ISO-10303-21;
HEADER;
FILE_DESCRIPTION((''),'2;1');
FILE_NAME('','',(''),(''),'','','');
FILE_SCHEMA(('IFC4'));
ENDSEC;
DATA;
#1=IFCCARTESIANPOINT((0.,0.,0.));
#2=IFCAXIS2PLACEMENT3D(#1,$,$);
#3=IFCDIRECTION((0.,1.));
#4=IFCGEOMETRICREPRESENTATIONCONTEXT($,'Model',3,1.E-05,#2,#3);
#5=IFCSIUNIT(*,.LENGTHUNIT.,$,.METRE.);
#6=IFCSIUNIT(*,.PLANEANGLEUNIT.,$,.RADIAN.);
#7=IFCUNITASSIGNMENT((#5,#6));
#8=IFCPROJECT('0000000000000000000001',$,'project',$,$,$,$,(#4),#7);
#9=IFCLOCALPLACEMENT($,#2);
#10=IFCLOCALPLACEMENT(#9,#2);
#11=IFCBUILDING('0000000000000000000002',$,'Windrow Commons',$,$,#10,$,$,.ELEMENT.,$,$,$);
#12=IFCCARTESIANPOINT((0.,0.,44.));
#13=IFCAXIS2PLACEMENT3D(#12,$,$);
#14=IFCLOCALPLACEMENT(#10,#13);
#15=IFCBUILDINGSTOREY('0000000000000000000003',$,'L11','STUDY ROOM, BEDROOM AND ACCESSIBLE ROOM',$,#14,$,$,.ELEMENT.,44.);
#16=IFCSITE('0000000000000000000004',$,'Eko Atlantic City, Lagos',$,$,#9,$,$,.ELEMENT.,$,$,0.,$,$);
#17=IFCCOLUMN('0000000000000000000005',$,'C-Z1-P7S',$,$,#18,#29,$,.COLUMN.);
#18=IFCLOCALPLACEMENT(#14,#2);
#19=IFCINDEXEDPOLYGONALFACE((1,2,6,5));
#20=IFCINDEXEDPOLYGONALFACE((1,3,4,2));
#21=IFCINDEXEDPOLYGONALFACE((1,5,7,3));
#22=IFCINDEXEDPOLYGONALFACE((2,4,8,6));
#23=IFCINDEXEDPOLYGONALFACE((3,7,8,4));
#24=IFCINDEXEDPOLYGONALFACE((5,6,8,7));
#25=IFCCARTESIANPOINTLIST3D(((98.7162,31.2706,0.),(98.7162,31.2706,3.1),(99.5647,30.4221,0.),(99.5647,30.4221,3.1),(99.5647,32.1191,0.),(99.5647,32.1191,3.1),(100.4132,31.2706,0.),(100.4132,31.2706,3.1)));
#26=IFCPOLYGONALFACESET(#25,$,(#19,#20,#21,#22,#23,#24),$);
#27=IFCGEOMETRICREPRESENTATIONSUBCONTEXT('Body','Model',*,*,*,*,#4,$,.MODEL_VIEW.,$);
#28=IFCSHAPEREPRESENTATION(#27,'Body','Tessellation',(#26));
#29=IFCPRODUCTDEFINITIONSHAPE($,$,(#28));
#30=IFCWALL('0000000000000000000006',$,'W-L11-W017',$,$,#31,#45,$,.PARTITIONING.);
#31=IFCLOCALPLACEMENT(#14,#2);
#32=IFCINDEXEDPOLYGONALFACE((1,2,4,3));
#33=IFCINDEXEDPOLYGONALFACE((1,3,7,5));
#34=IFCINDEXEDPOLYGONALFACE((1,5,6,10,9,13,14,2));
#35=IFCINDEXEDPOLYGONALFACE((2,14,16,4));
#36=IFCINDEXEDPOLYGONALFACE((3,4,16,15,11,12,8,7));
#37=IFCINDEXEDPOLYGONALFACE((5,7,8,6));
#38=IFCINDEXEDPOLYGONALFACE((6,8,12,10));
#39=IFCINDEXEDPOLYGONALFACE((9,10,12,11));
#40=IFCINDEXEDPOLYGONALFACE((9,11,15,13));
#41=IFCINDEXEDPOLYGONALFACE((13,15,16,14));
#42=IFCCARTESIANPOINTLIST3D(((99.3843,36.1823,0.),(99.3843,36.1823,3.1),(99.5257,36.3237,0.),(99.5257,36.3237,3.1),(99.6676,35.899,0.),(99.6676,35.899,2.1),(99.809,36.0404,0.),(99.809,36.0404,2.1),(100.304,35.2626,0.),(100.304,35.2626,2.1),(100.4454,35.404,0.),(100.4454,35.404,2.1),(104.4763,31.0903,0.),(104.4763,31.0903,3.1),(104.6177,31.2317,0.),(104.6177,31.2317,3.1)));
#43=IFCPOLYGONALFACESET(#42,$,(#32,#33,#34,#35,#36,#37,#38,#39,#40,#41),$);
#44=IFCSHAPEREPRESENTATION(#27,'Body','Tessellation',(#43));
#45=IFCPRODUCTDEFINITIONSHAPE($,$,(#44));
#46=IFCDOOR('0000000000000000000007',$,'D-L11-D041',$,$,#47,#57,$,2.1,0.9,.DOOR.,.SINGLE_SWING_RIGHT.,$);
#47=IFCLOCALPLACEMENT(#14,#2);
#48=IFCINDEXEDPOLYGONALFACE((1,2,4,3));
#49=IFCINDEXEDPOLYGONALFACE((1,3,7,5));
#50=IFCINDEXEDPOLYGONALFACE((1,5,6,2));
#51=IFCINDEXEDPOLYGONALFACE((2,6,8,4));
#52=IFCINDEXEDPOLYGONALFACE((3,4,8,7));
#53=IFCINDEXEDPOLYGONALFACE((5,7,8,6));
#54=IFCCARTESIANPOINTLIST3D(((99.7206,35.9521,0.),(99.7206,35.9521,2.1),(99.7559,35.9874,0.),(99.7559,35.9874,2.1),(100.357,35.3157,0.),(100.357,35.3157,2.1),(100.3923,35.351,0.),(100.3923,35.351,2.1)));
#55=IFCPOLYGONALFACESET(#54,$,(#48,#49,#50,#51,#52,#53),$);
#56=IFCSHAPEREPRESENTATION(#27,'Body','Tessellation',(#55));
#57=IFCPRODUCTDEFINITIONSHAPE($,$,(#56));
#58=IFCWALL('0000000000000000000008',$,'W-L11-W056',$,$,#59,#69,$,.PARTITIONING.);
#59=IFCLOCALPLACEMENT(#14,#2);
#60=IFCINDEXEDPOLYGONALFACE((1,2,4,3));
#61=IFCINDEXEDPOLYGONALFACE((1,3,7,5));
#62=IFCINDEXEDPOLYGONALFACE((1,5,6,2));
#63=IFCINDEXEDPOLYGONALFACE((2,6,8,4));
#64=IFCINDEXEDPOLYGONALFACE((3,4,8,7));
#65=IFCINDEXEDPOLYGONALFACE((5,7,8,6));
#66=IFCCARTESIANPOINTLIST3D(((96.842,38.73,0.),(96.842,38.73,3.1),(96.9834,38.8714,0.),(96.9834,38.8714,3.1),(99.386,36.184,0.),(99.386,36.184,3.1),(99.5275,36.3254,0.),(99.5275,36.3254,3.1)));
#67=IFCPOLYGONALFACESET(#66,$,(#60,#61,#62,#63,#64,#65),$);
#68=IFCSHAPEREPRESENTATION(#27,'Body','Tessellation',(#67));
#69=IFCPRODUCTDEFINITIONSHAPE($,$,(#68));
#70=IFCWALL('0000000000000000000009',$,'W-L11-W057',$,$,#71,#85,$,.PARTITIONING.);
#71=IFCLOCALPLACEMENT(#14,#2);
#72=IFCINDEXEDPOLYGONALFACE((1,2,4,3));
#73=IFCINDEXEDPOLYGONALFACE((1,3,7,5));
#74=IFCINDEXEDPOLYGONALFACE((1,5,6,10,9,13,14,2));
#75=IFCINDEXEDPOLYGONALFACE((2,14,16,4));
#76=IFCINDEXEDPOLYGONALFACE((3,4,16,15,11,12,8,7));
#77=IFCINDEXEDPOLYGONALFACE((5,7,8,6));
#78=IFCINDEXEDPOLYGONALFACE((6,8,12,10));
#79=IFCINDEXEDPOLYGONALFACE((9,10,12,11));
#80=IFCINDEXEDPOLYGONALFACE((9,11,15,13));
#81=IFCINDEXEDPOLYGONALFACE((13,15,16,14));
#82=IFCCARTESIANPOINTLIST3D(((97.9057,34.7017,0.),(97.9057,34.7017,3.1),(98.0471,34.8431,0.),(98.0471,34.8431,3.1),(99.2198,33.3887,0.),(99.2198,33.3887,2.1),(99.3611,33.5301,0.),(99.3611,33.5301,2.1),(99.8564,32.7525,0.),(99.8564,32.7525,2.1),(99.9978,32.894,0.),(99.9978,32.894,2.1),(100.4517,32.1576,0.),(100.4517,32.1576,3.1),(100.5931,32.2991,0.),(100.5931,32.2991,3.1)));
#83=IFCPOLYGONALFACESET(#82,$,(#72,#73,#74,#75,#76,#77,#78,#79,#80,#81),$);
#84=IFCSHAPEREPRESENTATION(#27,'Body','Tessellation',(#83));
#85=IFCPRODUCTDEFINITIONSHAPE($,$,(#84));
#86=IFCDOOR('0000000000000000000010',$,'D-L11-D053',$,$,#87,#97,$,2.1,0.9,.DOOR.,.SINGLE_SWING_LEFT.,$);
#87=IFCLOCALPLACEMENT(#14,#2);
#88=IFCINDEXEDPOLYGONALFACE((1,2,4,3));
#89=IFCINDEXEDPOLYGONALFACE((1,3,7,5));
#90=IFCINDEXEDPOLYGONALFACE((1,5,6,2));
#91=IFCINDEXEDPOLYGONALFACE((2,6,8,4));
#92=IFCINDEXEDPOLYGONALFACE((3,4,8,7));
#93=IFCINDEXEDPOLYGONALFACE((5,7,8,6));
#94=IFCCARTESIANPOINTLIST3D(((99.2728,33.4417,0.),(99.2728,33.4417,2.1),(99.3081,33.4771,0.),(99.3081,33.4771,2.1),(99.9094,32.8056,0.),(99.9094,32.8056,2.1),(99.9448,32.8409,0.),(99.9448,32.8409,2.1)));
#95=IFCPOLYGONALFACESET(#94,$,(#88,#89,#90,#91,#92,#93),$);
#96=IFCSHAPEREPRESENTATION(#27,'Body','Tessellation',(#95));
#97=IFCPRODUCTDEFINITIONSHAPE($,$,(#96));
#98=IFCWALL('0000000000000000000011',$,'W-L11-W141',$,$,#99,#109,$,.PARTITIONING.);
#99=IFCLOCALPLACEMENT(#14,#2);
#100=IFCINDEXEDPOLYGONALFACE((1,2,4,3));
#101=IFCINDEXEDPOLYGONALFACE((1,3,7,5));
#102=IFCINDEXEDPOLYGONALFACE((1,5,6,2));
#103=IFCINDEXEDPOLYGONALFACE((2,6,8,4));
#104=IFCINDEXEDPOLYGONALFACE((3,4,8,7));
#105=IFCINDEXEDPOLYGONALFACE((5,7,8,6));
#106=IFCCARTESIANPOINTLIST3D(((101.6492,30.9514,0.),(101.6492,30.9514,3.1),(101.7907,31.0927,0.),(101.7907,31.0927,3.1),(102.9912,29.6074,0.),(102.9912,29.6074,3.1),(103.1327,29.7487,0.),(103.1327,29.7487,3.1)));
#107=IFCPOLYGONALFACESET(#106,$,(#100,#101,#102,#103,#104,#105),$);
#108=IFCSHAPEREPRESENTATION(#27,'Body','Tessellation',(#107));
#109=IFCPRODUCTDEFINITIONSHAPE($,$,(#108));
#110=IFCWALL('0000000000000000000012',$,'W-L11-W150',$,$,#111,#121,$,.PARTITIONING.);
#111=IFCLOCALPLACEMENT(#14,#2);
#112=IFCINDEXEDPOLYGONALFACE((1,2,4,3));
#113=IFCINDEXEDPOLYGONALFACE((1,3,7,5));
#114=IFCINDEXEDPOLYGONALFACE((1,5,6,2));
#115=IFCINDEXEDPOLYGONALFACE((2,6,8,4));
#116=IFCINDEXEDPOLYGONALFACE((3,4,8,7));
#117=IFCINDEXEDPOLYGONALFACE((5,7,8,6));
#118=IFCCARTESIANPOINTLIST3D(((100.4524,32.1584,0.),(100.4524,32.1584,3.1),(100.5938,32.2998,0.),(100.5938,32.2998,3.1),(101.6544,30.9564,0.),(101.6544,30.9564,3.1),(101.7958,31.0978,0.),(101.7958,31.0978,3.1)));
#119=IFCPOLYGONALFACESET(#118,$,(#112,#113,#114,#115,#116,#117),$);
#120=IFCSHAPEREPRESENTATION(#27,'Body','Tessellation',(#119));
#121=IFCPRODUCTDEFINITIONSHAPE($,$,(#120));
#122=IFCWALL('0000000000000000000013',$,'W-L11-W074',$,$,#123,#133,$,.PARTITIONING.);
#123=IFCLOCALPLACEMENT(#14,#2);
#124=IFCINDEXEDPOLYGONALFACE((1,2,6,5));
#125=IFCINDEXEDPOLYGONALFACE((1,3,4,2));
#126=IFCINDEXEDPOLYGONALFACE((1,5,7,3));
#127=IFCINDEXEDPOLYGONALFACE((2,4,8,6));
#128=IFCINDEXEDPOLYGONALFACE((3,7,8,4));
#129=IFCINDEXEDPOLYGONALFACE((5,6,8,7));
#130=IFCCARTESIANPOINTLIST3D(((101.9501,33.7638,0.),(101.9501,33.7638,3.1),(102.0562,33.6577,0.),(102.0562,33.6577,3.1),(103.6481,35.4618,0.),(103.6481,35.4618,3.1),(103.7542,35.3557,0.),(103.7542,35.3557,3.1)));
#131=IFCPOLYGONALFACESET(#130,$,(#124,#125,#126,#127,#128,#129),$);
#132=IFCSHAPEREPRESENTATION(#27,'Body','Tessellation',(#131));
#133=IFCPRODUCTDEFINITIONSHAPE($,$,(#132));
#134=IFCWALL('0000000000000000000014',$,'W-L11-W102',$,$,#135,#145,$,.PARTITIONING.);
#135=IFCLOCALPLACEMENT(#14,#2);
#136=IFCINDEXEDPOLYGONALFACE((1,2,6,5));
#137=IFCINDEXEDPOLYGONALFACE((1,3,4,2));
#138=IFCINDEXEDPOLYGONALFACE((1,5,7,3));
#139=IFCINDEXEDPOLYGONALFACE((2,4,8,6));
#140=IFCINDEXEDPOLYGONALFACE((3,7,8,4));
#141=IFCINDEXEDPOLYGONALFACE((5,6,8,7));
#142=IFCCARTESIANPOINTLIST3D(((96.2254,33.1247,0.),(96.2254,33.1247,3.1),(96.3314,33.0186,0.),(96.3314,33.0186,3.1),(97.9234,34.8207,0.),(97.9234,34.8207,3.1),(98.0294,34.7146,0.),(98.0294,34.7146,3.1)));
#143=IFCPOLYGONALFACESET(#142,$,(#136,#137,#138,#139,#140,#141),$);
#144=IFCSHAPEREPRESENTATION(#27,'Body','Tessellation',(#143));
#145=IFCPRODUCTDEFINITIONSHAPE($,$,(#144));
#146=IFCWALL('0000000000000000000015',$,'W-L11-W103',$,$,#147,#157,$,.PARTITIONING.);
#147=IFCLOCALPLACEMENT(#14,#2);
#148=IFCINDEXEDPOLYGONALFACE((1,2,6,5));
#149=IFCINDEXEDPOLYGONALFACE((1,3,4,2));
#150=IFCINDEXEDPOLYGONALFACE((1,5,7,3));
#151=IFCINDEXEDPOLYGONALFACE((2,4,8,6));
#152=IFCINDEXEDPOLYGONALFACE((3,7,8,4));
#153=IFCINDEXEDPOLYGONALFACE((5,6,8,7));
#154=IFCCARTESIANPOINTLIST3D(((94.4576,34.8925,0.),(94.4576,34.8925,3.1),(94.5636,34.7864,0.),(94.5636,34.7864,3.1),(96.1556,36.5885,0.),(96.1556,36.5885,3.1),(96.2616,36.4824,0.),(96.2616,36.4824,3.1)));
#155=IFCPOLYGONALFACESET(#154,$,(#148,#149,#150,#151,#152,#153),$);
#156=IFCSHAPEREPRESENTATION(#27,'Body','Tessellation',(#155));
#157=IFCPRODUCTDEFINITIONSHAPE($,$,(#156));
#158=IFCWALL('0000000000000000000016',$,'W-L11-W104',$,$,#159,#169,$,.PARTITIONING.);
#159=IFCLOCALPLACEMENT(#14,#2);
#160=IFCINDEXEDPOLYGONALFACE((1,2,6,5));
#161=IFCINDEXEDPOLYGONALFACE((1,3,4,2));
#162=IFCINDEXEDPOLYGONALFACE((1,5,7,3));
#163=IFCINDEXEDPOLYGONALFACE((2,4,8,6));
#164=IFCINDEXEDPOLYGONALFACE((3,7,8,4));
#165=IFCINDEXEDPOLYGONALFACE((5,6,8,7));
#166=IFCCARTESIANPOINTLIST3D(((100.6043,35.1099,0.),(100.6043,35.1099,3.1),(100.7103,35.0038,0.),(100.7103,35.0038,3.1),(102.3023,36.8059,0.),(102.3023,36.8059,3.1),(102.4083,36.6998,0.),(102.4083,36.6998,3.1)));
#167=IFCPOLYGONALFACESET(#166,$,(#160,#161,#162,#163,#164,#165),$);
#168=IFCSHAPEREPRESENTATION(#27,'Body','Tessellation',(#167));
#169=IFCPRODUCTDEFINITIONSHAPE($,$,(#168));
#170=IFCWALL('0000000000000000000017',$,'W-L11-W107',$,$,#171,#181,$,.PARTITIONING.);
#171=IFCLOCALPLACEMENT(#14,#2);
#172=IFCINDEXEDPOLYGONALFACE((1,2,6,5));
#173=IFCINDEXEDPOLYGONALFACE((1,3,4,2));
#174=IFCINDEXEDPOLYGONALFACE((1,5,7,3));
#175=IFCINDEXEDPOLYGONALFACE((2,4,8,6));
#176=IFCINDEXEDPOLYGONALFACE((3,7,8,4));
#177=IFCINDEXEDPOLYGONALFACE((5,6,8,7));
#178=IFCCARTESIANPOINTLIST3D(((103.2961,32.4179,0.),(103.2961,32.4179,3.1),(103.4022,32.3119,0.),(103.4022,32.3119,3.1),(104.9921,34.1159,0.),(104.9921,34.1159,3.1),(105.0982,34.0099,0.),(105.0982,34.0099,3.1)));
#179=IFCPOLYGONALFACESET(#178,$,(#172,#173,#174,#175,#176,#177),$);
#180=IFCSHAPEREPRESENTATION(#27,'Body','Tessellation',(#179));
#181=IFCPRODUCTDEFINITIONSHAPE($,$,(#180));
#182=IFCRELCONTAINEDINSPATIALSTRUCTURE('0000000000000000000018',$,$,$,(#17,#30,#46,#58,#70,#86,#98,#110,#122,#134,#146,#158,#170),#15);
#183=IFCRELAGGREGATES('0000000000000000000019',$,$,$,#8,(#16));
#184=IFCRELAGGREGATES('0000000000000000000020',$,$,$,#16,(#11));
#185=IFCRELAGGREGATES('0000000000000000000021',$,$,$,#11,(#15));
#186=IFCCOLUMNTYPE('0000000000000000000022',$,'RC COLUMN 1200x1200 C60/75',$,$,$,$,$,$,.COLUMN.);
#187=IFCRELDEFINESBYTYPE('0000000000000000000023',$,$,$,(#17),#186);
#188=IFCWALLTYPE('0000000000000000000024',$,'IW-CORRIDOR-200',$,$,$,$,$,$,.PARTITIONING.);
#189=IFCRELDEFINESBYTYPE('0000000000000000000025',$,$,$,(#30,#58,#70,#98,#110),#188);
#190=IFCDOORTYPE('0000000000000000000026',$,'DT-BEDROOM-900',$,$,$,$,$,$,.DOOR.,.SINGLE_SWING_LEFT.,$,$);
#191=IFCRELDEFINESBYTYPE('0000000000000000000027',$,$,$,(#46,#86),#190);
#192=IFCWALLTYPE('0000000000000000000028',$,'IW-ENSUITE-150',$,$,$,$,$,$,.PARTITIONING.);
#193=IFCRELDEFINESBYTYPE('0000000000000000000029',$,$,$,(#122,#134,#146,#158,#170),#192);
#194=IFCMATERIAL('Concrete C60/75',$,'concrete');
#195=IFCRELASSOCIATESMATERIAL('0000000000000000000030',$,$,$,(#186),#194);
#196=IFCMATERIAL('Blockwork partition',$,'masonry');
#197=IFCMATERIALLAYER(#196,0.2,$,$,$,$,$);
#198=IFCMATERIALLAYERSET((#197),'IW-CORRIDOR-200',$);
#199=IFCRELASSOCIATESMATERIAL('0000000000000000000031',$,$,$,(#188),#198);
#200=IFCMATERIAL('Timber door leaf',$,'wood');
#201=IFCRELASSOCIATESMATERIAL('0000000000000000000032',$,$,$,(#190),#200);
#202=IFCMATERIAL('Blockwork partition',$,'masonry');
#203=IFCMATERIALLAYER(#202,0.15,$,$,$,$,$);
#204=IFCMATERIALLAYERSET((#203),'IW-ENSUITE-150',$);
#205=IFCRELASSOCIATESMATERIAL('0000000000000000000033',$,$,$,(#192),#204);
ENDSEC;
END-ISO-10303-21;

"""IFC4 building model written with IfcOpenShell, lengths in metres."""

from ifc_helpers import new_model, si_unit, direction, frame, frame_2d, origin, origin_2d, place, context, subcontext, project, spatial, rectangle, extrude, material, layer, layer_set, material_profile, profile_set, type_object, element, fill, save


model = new_model("IFC4")

# Units and contexts
model_context = context("Model", 3, precision=1e-05, world=origin(), true_north=direction((0.0, 1.0)))
body_context = subcontext(model_context, "Body", "Model", "MODEL_VIEW")
ifc_project = project(units=[si_unit("LENGTHUNIT", "METRE"), si_unit("PLANEANGLEUNIT", "RADIAN")], contexts=[model_context])

# Site, building, storey
site_placement = place(None, origin())
site = spatial("IfcSite", under=ifc_project, at=site_placement, Name="Eko Atlantic City, Lagos", CompositionType="ELEMENT", RefElevation=0.0)
building_placement = place(site_placement, origin())
building = spatial("IfcBuilding", under=site, at=building_placement, Name="Windrow Commons", CompositionType="ELEMENT")
storey_placement = place(building_placement, frame((0.0, 0.0, 44.0)))
storey = spatial("IfcBuildingStorey", under=building, at=storey_placement, Name="L11", Description="STUDY ROOM, BEDROOM AND ACCESSIBLE ROOM", CompositionType="ELEMENT", Elevation=44.0)

# Column
ifc_material_1 = material(Name="Concrete C60/75", Category="concrete")
ifc_material_profile = material_profile(ifc_material_1, rectangle(XDim=1.2, YDim=1.2, at=origin_2d()))
ifc_profile_set = profile_set([ifc_material_profile], Name="Concrete C60/75")
column_type = type_object("IfcColumnType", Name="RC COLUMN 1200x1200 C60/75", PredefinedType="COLUMN", material=ifc_profile_set)
column_placement = place(storey_placement, frame((99.5647, 31.2706, 0.0), z_axis=(0.0, 0.0, 1.0), x_axis=(0.707107, -0.707107, 0.0)))
element("IfcColumn", 1, at=column_placement, inside=storey, type_object=column_type, Name="C-Z1-P7S", PredefinedType="COLUMN", context=body_context, shape_type="SweptSolid", body=[
    extrude(rectangle(XDim=1.2, YDim=1.2, at=origin_2d()), origin(), (0.0, 0.0, 1.0), 3.1),
])

# Wall, opening, door
ifc_material_2 = material(Name="Blockwork partition", Category="masonry")
ifc_layer_1 = layer(ifc_material_2, 0.2)
ifc_layer_set_1 = layer_set([ifc_layer_1], Name="IW-CORRIDOR-200")
wall_type_1 = type_object("IfcWallType", Name="IW-CORRIDOR-200", PredefinedType="PARTITIONING", material=ifc_layer_set_1)
wall_1_placement = place(storey_placement, frame((99.455, 36.253, 0.0), z_axis=(0.0, 0.0, 1.0), x_axis=(0.707107, -0.707107, 0.0)))
wall_1 = element("IfcWall", 2, at=wall_1_placement, inside=storey, type_object=wall_type_1, Name="W-L11-W017", PredefinedType="PARTITIONING", context=body_context, shape_type="SweptSolid", body=[
    extrude(rectangle(XDim=7.2012, YDim=0.2, at=frame_2d((3.6006, 0.0))), origin(), (0.0, 0.0, 1.0), 3.1),
])
opening_1_placement = place(wall_1_placement, frame((0.4006, 0.0, 0.0)))
opening_1 = element("IfcOpeningElement", 3, at=opening_1_placement, cuts=wall_1, PredefinedType="OPENING", context=body_context, shape_type="SweptSolid", body=[
    extrude(rectangle(XDim=0.9, YDim=2.1, at=frame_2d((0.45, 1.05))), frame((0.0, 0.11, 0.0), z_axis=(0.0, -1.0, 0.0), x_axis=(1.0, 0.0, 0.0)), (0.0, 0.0, 1.0), 0.22),
])
ifc_material_3 = material(Name="Timber door leaf", Category="wood")
door_type_1 = type_object("IfcDoorType", Name="DT-BEDROOM-900", OperationType="SINGLE_SWING_LEFT", PredefinedType="DOOR", material=ifc_material_3)
door_1_placement = place(opening_1_placement, origin())
door_1 = element("IfcDoor", 4, at=door_1_placement, inside=storey, type_object=door_type_1, Name="D-L11-D041", OperationType="SINGLE_SWING_RIGHT", OverallHeight=2.1, OverallWidth=0.9, PredefinedType="DOOR", context=body_context, shape_type="SweptSolid", body=[
    extrude(rectangle(XDim=0.9, YDim=2.1, at=frame_2d((0.45, 1.05))), frame((0.0, 0.025, 0.0), z_axis=(0.0, -1.0, 0.0), x_axis=(1.0, 0.0, 0.0)), (0.0, 0.0, 1.0), 0.05),
])
fill(opening_1, door_1)

# Wall
wall_2_placement = place(storey_placement, frame((96.9127, 38.8007, 0.0), z_axis=(0.0, 0.0, 1.0), x_axis=(0.706829, -0.707385, 0.0)))
element("IfcWall", 5, at=wall_2_placement, inside=storey, type_object=wall_type_1, Name="W-L11-W056", PredefinedType="PARTITIONING", context=body_context, shape_type="SweptSolid", body=[
    extrude(rectangle(XDim=3.5992, YDim=0.2, at=frame_2d((1.7996, 0.0))), origin(), (0.0, 0.0, 1.0), 3.1),
])

# Wall, opening, door
wall_3_placement = place(storey_placement, frame((97.9764, 34.7724, 0.0), z_axis=(0.0, 0.0, 1.0), x_axis=(0.707385, -0.706829, 0.0)))
wall_3 = element("IfcWall", 6, at=wall_3_placement, inside=storey, type_object=wall_type_1, Name="W-L11-W057", PredefinedType="PARTITIONING", context=body_context, shape_type="SweptSolid", body=[
    extrude(rectangle(XDim=3.5992, YDim=0.2, at=frame_2d((1.7996, 0.0))), origin(), (0.0, 0.0, 1.0), 3.1),
])
opening_2_placement = place(wall_3_placement, frame((1.8576, 0.0, 0.0)))
opening_2 = element("IfcOpeningElement", 7, at=opening_2_placement, cuts=wall_3, PredefinedType="OPENING", context=body_context, shape_type="SweptSolid", body=[
    extrude(rectangle(XDim=0.9, YDim=2.1, at=frame_2d((0.45, 1.05))), frame((0.0, 0.11, 0.0), z_axis=(0.0, -1.0, 0.0), x_axis=(1.0, 0.0, 0.0)), (0.0, 0.0, 1.0), 0.22),
])
door_2_placement = place(opening_2_placement, origin())
door_2 = element("IfcDoor", 8, at=door_2_placement, inside=storey, type_object=door_type_1, Name="D-L11-D053", OperationType="SINGLE_SWING_LEFT", OverallHeight=2.1, OverallWidth=0.9, PredefinedType="DOOR", context=body_context, shape_type="SweptSolid", body=[
    extrude(rectangle(XDim=0.9, YDim=2.1, at=frame_2d((0.45, 1.05))), frame((0.0, 0.025, 0.0), z_axis=(0.0, -1.0, 0.0), x_axis=(1.0, 0.0, 0.0)), (0.0, 0.0, 1.0), 0.05),
])
fill(opening_2, door_2)

# Walls
wall_4_placement = place(storey_placement, frame((101.72, 31.022, 0.0), z_axis=(0.0, 0.0, 1.0), x_axis=(0.70658, -0.707633, 0.0)))
element("IfcWall", 9, at=wall_4_placement, inside=storey, type_object=wall_type_1, Name="W-L11-W141", PredefinedType="PARTITIONING", context=body_context, shape_type="SweptSolid", body=[
    extrude(rectangle(XDim=1.8993, YDim=0.2, at=frame_2d((0.9496, 0.0))), origin(), (0.0, 0.0, 1.0), 3.1),
])
wall_5_placement = place(storey_placement, frame((100.5231, 32.2291, 0.0), z_axis=(0.0, 0.0, 1.0), x_axis=(0.707107, -0.707107, 0.0)))
element("IfcWall", 10, at=wall_5_placement, inside=storey, type_object=wall_type_1, Name="W-L11-W150", PredefinedType="PARTITIONING", context=body_context, shape_type="SweptSolid", body=[
    extrude(rectangle(XDim=1.6999, YDim=0.2, at=frame_2d((0.8499, 0.0))), origin(), (0.0, 0.0, 1.0), 3.1),
])
ifc_material_4 = material(Name="Blockwork partition", Category="masonry")
ifc_layer_2 = layer(ifc_material_4, 0.15)
ifc_layer_set_2 = layer_set([ifc_layer_2], Name="IW-ENSUITE-150")
wall_type_2 = type_object("IfcWallType", Name="IW-ENSUITE-150", PredefinedType="PARTITIONING", material=ifc_layer_set_2)
wall_6_placement = place(storey_placement, frame((102.0032, 33.7108, 0.0), z_axis=(0.0, 0.0, 1.0), x_axis=(0.707107, 0.707107, 0.0)))
element("IfcWall", 11, at=wall_6_placement, inside=storey, type_object=wall_type_2, Name="W-L11-W074", PredefinedType="PARTITIONING", context=body_context, shape_type="SweptSolid", body=[
    extrude(rectangle(XDim=2.4013, YDim=0.15, at=frame_2d((1.2006, 0.0))), origin(), (0.0, 0.0, 1.0), 3.1),
])
for number, where, z_axis, x_axis, name in (
    (12, (96.2784, 33.0716, 0.0), (0.0, 0.0, 1.0), (0.707523, 0.70669, 0.0), "W-L11-W102"),
    (13, (94.5106, 34.8394, 0.0), (0.0, 0.0, 1.0), (0.707523, 0.70669, 0.0), "W-L11-W103"),
    (14, (100.6573, 35.0568, 0.0), (0.0, 0.0, 1.0), (0.707523, 0.70669, 0.0), "W-L11-W104"),
    (15, (103.3491, 32.3649, 0.0), (0.0, 0.0, 1.0), (0.70669, 0.707523, 0.0), "W-L11-W107"),
):
    element("IfcWall", number, at=place(storey_placement, frame(where, z_axis=z_axis, x_axis=x_axis)), inside=storey, type_object=wall_type_2, Name=name, PredefinedType="PARTITIONING", context=body_context, shape_type="SweptSolid", body=[
        extrude(rectangle(XDim=2.3999, YDim=0.15, at=frame_2d((1.2, 0.0))), origin(), (0.0, 0.0, 1.0), 3.1),
    ])

save(model, "model.ifc")
